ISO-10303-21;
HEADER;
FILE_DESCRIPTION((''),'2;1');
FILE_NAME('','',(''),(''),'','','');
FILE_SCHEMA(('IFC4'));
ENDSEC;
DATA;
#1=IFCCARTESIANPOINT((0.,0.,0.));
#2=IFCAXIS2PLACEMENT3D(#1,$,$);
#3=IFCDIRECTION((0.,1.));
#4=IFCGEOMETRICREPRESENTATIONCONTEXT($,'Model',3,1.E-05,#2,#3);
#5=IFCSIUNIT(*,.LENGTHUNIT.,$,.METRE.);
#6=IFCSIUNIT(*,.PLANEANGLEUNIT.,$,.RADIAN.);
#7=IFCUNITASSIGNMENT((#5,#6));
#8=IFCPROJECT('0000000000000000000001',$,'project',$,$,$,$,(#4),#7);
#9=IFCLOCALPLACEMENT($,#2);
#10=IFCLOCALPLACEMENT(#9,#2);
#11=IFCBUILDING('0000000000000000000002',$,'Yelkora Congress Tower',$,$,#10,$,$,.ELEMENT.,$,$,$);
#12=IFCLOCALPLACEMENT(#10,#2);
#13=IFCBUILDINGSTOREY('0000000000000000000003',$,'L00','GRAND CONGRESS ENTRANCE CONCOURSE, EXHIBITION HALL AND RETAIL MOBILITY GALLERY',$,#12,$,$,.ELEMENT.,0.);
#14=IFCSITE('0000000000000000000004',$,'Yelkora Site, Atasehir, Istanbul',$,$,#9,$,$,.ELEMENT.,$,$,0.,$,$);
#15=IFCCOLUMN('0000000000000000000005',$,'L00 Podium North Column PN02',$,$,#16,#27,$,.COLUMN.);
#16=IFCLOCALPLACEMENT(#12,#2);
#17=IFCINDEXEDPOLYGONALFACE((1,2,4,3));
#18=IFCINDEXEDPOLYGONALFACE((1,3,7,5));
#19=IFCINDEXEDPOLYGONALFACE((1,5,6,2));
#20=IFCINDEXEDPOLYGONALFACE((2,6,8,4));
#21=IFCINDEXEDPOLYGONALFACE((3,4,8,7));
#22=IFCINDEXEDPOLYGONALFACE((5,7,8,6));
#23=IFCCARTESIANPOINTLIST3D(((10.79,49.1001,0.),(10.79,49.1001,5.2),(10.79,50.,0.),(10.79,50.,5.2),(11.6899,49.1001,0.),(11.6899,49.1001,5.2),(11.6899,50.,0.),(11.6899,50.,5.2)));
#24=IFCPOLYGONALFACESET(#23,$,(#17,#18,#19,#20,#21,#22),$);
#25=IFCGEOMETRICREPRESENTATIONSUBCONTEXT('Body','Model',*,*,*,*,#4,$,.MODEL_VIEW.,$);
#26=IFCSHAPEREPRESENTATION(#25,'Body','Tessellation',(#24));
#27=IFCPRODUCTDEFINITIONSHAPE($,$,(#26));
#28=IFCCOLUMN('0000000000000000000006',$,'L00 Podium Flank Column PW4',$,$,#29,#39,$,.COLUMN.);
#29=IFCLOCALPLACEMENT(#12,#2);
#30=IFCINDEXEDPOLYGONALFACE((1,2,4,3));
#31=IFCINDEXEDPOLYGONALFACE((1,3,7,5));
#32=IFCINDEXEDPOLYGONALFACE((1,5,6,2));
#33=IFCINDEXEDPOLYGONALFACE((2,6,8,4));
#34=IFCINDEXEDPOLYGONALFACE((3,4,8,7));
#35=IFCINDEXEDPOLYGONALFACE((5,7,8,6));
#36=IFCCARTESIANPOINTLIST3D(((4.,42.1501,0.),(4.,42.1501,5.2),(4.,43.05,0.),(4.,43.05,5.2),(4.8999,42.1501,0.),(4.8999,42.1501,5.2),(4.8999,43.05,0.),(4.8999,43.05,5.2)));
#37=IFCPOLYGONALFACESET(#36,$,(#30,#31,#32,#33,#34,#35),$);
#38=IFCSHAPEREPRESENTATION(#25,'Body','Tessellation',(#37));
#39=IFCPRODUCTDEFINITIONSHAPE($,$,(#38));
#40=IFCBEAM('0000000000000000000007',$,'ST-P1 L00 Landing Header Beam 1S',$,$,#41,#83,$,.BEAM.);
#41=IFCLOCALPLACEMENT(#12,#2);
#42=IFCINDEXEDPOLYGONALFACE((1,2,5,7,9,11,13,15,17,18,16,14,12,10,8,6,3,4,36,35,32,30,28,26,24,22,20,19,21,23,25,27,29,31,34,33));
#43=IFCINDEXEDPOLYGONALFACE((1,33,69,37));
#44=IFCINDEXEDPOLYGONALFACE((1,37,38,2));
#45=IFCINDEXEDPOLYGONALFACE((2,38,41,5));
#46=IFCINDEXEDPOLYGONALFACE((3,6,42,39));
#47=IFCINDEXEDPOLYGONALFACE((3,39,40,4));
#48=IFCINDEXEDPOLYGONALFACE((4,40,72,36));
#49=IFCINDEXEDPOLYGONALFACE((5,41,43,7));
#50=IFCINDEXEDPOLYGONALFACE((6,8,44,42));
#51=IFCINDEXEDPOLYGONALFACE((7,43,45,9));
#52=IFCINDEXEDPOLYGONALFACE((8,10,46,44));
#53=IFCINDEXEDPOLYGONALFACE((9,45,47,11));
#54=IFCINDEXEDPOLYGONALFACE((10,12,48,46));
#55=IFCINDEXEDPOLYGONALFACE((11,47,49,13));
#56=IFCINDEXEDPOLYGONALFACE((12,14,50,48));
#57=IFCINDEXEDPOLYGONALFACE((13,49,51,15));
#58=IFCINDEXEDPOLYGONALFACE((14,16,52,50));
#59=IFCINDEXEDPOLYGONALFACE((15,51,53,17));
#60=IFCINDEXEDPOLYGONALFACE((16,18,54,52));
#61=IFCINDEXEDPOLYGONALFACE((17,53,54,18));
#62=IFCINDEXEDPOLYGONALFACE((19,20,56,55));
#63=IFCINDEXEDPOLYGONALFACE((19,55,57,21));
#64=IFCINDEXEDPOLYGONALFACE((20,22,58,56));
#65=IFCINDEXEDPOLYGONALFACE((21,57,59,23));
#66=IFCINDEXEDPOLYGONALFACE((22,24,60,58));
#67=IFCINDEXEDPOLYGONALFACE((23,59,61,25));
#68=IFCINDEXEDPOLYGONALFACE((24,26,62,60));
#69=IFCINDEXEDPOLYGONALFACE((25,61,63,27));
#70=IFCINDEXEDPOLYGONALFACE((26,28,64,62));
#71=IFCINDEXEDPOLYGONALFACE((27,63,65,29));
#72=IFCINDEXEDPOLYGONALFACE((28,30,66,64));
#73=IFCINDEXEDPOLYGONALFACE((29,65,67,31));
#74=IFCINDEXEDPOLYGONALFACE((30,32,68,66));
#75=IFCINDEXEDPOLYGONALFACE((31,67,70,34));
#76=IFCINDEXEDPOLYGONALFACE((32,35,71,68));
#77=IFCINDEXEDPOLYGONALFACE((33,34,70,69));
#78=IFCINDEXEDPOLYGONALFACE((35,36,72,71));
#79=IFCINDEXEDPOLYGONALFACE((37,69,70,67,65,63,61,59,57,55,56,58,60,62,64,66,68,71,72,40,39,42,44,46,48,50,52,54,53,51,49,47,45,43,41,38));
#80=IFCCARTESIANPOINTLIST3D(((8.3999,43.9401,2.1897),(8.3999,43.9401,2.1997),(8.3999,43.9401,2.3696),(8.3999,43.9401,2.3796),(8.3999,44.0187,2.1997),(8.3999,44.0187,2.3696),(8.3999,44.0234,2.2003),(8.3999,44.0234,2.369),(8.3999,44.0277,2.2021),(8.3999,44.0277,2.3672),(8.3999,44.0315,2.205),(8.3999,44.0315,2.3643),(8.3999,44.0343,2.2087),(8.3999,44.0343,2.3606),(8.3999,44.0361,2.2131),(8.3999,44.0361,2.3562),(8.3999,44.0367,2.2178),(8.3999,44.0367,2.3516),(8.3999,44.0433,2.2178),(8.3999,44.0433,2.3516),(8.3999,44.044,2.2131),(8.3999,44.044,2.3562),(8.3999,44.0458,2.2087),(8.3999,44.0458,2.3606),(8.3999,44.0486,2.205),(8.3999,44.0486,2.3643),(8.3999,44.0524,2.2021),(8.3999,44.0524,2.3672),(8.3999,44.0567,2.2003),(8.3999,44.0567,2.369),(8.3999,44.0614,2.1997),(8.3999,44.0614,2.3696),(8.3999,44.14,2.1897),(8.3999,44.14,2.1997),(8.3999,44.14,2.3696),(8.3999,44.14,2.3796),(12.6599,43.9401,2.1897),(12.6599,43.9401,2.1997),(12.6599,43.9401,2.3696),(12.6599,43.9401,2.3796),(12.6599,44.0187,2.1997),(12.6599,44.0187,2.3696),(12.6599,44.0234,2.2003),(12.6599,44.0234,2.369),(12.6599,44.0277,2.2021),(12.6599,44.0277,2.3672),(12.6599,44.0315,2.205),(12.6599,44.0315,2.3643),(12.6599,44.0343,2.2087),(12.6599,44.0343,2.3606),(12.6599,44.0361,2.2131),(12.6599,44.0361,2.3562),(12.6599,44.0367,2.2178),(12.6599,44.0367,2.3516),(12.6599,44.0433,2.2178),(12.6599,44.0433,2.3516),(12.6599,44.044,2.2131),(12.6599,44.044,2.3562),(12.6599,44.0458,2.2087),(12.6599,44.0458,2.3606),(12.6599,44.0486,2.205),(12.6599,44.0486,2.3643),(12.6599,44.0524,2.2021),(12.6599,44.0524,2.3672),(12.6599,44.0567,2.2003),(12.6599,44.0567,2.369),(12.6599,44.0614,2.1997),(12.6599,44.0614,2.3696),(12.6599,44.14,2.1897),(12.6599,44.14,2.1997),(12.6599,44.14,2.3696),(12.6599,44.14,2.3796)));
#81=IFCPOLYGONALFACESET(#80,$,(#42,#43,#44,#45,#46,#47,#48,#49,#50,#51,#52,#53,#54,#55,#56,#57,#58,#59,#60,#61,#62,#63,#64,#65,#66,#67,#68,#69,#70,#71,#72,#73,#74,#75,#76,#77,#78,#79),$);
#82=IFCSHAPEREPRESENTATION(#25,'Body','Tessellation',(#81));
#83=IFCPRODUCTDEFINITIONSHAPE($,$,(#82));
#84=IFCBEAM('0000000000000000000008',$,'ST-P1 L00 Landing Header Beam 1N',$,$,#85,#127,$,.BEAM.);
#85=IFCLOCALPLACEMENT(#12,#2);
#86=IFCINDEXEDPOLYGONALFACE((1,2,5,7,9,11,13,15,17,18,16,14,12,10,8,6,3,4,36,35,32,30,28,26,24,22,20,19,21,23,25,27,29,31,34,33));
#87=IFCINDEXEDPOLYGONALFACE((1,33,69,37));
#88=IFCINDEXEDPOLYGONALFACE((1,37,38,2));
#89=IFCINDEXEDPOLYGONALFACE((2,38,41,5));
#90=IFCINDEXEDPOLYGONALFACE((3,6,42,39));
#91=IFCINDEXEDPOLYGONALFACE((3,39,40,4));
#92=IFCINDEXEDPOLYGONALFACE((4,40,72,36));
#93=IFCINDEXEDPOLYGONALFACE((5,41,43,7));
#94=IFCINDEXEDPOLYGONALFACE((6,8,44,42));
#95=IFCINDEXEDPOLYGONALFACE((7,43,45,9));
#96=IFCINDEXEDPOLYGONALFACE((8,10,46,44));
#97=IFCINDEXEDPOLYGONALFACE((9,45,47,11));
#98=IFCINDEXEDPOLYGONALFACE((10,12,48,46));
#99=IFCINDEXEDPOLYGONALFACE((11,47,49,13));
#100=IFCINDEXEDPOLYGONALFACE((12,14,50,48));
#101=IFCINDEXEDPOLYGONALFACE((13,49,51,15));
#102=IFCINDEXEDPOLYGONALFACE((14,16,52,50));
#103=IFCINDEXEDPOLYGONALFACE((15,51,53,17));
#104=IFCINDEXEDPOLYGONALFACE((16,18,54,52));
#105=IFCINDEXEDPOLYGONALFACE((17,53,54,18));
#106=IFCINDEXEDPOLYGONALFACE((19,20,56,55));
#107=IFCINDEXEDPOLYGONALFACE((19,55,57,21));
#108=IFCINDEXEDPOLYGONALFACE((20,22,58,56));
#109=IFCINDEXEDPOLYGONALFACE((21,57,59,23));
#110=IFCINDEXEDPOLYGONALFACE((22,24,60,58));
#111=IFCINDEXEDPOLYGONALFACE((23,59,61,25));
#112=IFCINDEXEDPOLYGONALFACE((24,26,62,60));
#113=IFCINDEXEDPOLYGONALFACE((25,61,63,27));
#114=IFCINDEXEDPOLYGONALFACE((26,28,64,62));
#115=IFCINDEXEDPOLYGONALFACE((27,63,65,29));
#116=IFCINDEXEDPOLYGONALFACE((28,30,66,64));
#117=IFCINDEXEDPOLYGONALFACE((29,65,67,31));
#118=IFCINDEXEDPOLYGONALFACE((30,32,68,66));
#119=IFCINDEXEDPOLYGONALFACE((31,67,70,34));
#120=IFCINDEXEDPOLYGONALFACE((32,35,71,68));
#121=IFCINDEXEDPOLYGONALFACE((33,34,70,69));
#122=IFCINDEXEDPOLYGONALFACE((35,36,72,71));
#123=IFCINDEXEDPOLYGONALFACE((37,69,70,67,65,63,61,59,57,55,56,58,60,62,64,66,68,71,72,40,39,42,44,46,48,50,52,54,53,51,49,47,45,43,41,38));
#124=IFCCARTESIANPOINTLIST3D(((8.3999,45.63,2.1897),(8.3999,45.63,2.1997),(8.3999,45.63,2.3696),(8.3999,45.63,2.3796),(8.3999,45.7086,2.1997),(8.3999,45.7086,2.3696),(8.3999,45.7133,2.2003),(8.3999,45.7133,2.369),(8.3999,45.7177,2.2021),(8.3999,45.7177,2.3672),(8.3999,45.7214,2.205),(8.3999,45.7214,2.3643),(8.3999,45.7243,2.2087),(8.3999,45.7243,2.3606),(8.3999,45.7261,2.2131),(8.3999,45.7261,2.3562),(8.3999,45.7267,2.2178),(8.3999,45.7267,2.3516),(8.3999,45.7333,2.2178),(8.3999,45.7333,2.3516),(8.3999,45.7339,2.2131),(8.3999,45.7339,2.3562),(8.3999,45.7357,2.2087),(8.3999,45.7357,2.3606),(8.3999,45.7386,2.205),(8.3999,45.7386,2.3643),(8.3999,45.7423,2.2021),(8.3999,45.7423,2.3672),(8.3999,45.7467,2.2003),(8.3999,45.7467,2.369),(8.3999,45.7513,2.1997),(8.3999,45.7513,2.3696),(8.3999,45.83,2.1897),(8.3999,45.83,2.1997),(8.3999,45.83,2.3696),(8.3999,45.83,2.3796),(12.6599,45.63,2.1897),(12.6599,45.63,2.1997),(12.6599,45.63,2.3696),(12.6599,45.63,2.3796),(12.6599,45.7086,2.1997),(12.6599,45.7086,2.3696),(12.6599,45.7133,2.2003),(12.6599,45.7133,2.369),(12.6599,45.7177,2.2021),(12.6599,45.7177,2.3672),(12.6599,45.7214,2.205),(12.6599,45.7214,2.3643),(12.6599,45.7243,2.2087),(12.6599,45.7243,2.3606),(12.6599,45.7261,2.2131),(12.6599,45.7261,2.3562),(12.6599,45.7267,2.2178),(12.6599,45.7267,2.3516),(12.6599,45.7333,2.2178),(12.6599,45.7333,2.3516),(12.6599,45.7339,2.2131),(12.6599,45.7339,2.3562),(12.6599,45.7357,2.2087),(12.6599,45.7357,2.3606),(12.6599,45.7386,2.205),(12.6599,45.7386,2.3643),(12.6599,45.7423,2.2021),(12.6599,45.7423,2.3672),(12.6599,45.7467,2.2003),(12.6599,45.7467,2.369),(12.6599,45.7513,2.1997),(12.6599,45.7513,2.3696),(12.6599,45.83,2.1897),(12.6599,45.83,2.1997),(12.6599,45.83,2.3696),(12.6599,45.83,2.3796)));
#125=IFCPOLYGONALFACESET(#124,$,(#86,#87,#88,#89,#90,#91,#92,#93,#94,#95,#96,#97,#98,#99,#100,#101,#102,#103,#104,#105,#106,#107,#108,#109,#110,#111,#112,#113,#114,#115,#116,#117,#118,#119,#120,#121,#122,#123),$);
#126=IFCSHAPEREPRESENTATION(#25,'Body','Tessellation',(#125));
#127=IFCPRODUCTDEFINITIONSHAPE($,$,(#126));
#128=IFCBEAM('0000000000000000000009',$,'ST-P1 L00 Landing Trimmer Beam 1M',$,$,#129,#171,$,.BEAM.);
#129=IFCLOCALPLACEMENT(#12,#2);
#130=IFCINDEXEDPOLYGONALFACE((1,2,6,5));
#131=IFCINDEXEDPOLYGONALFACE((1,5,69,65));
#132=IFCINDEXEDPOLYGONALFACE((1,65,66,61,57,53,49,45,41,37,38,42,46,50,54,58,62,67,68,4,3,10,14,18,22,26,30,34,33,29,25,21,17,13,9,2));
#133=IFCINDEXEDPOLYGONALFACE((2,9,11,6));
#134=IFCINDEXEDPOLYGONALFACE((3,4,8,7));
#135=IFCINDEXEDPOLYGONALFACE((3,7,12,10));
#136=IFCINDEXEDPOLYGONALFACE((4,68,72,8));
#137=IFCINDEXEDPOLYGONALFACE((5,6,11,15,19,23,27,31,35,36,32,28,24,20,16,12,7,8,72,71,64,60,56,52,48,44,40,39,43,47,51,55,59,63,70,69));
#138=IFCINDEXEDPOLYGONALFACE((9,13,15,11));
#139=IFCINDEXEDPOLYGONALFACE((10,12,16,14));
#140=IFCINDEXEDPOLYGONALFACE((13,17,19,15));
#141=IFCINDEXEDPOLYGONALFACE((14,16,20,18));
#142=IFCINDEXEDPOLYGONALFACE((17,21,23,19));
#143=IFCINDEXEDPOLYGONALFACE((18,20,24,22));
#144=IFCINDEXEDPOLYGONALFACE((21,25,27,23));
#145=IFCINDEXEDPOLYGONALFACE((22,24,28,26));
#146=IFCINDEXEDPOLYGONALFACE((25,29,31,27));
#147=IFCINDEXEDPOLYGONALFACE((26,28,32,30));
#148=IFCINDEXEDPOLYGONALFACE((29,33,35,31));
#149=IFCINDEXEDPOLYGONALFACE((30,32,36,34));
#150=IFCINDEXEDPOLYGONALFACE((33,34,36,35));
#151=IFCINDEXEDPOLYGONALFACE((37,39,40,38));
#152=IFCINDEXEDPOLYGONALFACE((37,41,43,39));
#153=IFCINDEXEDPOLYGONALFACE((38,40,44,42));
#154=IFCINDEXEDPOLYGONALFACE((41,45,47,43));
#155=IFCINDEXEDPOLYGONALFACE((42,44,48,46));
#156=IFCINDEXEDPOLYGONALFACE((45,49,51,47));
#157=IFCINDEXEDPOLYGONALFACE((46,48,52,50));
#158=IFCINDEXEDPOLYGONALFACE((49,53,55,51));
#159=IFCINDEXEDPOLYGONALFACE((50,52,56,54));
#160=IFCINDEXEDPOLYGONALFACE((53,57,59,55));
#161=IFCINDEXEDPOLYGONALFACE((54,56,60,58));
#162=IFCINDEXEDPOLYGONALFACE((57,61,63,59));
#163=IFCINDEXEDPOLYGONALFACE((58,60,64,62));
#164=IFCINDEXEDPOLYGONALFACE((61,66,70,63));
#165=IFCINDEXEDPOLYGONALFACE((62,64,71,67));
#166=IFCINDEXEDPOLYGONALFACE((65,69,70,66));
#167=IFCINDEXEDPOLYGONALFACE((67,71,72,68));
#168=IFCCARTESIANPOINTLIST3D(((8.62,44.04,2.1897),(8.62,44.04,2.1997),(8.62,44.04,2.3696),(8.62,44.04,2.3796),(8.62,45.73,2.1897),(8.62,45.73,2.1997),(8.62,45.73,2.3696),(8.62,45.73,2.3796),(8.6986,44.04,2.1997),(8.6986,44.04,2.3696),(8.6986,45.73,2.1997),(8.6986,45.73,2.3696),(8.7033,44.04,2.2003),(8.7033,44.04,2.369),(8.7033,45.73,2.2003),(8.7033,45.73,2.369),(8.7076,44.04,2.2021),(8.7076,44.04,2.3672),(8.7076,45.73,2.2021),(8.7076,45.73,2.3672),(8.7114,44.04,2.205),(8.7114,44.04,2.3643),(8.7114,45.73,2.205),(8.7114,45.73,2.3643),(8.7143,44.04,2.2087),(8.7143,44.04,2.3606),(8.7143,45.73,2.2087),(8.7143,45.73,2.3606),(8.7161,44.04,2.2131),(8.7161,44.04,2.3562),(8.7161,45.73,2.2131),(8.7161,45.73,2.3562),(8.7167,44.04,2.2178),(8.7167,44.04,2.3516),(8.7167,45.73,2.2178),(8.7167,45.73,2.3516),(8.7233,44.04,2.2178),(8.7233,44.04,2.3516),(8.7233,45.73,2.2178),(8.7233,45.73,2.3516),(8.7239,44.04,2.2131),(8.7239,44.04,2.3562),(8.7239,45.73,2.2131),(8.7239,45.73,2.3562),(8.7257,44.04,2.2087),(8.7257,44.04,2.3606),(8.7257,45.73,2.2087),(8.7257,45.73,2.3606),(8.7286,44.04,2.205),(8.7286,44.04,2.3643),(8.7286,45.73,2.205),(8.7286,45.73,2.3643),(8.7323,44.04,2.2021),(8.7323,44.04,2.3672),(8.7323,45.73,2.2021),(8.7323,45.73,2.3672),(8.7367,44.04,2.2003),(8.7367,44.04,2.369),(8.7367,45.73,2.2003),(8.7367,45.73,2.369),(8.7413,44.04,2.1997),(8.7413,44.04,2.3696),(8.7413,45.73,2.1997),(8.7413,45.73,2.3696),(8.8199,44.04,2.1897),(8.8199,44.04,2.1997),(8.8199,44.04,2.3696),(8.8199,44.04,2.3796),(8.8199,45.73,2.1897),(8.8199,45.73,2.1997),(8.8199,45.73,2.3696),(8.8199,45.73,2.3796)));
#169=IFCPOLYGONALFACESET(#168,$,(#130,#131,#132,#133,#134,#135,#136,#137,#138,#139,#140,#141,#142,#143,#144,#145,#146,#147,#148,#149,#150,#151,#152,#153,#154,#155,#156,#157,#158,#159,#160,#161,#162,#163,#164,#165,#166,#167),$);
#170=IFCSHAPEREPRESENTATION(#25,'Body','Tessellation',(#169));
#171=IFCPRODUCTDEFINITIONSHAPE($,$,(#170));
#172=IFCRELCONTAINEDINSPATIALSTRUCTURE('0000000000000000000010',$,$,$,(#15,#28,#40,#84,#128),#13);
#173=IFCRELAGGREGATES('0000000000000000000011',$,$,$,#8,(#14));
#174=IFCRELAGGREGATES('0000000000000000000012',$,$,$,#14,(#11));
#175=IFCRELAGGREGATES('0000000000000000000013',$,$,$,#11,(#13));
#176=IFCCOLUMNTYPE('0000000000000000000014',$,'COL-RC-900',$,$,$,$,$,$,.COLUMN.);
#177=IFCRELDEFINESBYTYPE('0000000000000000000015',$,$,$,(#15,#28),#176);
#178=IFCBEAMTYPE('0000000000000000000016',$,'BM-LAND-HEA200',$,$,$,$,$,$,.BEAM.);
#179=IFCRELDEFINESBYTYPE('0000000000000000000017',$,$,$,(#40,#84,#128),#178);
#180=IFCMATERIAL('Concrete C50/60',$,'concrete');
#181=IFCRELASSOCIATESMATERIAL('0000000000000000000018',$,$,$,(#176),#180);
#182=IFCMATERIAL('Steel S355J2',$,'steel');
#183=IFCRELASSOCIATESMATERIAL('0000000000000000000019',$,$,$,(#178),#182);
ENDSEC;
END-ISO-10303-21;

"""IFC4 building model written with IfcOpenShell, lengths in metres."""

from ifc_helpers import new_model, si_unit, direction, frame, origin, origin_2d, place, context, subcontext, project, spatial, rectangle, i_section, extrude, material, material_profile, profile_set, type_object, element, save


model = new_model("IFC4")

# Units and contexts
model_context = context("Model", 3, precision=1e-05, world=origin(), true_north=direction((0.0, 1.0)))
body_context = subcontext(model_context, "Body", "Model", "MODEL_VIEW")
ifc_project = project(units=[si_unit("LENGTHUNIT", "METRE"), si_unit("PLANEANGLEUNIT", "RADIAN")], contexts=[model_context])

# Site, building, storey
site_placement = place(None, origin())
site = spatial("IfcSite", under=ifc_project, at=site_placement, Name="Yelkora Site, Atasehir, Istanbul", CompositionType="ELEMENT", RefElevation=0.0)
building_placement = place(site_placement, origin())
building = spatial("IfcBuilding", under=site, at=building_placement, Name="Yelkora Congress Tower", CompositionType="ELEMENT")
storey_placement = place(building_placement, origin())
storey = spatial("IfcBuildingStorey", under=building, at=storey_placement, Name="L00", Description="GRAND CONGRESS ENTRANCE CONCOURSE, EXHIBITION HALL AND RETAIL MOBILITY GALLERY", CompositionType="ELEMENT", Elevation=0.0)

# Columns
ifc_material_1 = material(Name="Concrete C50/60", Category="concrete")
ifc_material_profile_1 = material_profile(ifc_material_1, rectangle(XDim=0.8999, YDim=0.8999, at=origin_2d()), Name="RC 900x900")
ifc_profile_set_1 = profile_set([ifc_material_profile_1], Name="Concrete C50/60")
column_type = type_object("IfcColumnType", Name="COL-RC-900", PredefinedType="COLUMN", material=ifc_profile_set_1)
for number, where, z_axis, x_axis, name in (
    (1, (11.24, 49.55, 0.0), (0.0, 0.0, 1.0), (1.0, 0.0, 0.0), "L00 Podium North Column PN02"),
    (2, (4.45, 42.6001, 0.0), (0.0, 0.0, 1.0), (1.0, 0.0, 0.0), "L00 Podium Flank Column PW4"),
):
    element("IfcColumn", number, at=place(storey_placement, frame(where, z_axis=z_axis, x_axis=x_axis)), inside=storey, type_object=column_type, Name=name, PredefinedType="COLUMN", context=body_context, shape_type="SweptSolid", body=[
        extrude(rectangle(XDim=0.8999, YDim=0.8999, at=origin_2d()), origin(), (0.0, 0.0, 1.0), 5.2),
    ])

# Beams
ifc_material_2 = material(Name="Steel S355J2", Category="steel")
ifc_material_profile_2 = material_profile(ifc_material_2, i_section(OverallWidth=0.2, OverallDepth=0.1899, WebThickness=0.0066, FlangeThickness=0.01, FilletRadius=0.0181, at=origin_2d()), Name="HEA 200")
ifc_profile_set_2 = profile_set([ifc_material_profile_2], Name="Steel S355J2")
beam_type_1 = type_object("IfcBeamType", Name="BM-LAND-HEA200", PredefinedType="BEAM", material=ifc_profile_set_2)
for number, where, z_axis, x_axis, name in (
    (3, (8.3999, 44.04, 2.2847), (1.0, 0.0, 0.0), (0.0, 1.0, 0.0), "ST-P1 L00 Landing Header Beam 1S"),
    (4, (8.3999, 45.73, 2.2847), (1.0, 0.0, 0.0), (0.0, 1.0, 0.0), "ST-P1 L00 Landing Header Beam 1N"),
):
    element("IfcBeam", number, at=place(storey_placement, frame(where, z_axis=z_axis, x_axis=x_axis)), inside=storey, type_object=beam_type_1, Name=name, PredefinedType="BEAM", context=body_context, shape_type="SweptSolid", body=[
        extrude(i_section(OverallWidth=0.2, OverallDepth=0.1899, WebThickness=0.0066, FlangeThickness=0.01, FilletRadius=0.0181, at=origin_2d()), origin(), (0.0, 0.0, 1.0), 4.26),
    ])
beam_1_placement = place(storey_placement, frame((8.72, 44.04, 2.2847), z_axis=(0.0, 1.0, 0.0), x_axis=(-1.0, 0.0, 0.0)))
element("IfcBeam", 5, at=beam_1_placement, inside=storey, type_object=beam_type_1, Name="ST-P1 L00 Landing Trimmer Beam 1M", PredefinedType="BEAM", context=body_context, shape_type="SweptSolid", body=[
    extrude(i_section(OverallWidth=0.2, OverallDepth=0.1899, WebThickness=0.0066, FlangeThickness=0.01, FilletRadius=0.0181, at=origin_2d()), origin(), (0.0, 0.0, 1.0), 1.6899),
])

save(model, "model.ifc")
